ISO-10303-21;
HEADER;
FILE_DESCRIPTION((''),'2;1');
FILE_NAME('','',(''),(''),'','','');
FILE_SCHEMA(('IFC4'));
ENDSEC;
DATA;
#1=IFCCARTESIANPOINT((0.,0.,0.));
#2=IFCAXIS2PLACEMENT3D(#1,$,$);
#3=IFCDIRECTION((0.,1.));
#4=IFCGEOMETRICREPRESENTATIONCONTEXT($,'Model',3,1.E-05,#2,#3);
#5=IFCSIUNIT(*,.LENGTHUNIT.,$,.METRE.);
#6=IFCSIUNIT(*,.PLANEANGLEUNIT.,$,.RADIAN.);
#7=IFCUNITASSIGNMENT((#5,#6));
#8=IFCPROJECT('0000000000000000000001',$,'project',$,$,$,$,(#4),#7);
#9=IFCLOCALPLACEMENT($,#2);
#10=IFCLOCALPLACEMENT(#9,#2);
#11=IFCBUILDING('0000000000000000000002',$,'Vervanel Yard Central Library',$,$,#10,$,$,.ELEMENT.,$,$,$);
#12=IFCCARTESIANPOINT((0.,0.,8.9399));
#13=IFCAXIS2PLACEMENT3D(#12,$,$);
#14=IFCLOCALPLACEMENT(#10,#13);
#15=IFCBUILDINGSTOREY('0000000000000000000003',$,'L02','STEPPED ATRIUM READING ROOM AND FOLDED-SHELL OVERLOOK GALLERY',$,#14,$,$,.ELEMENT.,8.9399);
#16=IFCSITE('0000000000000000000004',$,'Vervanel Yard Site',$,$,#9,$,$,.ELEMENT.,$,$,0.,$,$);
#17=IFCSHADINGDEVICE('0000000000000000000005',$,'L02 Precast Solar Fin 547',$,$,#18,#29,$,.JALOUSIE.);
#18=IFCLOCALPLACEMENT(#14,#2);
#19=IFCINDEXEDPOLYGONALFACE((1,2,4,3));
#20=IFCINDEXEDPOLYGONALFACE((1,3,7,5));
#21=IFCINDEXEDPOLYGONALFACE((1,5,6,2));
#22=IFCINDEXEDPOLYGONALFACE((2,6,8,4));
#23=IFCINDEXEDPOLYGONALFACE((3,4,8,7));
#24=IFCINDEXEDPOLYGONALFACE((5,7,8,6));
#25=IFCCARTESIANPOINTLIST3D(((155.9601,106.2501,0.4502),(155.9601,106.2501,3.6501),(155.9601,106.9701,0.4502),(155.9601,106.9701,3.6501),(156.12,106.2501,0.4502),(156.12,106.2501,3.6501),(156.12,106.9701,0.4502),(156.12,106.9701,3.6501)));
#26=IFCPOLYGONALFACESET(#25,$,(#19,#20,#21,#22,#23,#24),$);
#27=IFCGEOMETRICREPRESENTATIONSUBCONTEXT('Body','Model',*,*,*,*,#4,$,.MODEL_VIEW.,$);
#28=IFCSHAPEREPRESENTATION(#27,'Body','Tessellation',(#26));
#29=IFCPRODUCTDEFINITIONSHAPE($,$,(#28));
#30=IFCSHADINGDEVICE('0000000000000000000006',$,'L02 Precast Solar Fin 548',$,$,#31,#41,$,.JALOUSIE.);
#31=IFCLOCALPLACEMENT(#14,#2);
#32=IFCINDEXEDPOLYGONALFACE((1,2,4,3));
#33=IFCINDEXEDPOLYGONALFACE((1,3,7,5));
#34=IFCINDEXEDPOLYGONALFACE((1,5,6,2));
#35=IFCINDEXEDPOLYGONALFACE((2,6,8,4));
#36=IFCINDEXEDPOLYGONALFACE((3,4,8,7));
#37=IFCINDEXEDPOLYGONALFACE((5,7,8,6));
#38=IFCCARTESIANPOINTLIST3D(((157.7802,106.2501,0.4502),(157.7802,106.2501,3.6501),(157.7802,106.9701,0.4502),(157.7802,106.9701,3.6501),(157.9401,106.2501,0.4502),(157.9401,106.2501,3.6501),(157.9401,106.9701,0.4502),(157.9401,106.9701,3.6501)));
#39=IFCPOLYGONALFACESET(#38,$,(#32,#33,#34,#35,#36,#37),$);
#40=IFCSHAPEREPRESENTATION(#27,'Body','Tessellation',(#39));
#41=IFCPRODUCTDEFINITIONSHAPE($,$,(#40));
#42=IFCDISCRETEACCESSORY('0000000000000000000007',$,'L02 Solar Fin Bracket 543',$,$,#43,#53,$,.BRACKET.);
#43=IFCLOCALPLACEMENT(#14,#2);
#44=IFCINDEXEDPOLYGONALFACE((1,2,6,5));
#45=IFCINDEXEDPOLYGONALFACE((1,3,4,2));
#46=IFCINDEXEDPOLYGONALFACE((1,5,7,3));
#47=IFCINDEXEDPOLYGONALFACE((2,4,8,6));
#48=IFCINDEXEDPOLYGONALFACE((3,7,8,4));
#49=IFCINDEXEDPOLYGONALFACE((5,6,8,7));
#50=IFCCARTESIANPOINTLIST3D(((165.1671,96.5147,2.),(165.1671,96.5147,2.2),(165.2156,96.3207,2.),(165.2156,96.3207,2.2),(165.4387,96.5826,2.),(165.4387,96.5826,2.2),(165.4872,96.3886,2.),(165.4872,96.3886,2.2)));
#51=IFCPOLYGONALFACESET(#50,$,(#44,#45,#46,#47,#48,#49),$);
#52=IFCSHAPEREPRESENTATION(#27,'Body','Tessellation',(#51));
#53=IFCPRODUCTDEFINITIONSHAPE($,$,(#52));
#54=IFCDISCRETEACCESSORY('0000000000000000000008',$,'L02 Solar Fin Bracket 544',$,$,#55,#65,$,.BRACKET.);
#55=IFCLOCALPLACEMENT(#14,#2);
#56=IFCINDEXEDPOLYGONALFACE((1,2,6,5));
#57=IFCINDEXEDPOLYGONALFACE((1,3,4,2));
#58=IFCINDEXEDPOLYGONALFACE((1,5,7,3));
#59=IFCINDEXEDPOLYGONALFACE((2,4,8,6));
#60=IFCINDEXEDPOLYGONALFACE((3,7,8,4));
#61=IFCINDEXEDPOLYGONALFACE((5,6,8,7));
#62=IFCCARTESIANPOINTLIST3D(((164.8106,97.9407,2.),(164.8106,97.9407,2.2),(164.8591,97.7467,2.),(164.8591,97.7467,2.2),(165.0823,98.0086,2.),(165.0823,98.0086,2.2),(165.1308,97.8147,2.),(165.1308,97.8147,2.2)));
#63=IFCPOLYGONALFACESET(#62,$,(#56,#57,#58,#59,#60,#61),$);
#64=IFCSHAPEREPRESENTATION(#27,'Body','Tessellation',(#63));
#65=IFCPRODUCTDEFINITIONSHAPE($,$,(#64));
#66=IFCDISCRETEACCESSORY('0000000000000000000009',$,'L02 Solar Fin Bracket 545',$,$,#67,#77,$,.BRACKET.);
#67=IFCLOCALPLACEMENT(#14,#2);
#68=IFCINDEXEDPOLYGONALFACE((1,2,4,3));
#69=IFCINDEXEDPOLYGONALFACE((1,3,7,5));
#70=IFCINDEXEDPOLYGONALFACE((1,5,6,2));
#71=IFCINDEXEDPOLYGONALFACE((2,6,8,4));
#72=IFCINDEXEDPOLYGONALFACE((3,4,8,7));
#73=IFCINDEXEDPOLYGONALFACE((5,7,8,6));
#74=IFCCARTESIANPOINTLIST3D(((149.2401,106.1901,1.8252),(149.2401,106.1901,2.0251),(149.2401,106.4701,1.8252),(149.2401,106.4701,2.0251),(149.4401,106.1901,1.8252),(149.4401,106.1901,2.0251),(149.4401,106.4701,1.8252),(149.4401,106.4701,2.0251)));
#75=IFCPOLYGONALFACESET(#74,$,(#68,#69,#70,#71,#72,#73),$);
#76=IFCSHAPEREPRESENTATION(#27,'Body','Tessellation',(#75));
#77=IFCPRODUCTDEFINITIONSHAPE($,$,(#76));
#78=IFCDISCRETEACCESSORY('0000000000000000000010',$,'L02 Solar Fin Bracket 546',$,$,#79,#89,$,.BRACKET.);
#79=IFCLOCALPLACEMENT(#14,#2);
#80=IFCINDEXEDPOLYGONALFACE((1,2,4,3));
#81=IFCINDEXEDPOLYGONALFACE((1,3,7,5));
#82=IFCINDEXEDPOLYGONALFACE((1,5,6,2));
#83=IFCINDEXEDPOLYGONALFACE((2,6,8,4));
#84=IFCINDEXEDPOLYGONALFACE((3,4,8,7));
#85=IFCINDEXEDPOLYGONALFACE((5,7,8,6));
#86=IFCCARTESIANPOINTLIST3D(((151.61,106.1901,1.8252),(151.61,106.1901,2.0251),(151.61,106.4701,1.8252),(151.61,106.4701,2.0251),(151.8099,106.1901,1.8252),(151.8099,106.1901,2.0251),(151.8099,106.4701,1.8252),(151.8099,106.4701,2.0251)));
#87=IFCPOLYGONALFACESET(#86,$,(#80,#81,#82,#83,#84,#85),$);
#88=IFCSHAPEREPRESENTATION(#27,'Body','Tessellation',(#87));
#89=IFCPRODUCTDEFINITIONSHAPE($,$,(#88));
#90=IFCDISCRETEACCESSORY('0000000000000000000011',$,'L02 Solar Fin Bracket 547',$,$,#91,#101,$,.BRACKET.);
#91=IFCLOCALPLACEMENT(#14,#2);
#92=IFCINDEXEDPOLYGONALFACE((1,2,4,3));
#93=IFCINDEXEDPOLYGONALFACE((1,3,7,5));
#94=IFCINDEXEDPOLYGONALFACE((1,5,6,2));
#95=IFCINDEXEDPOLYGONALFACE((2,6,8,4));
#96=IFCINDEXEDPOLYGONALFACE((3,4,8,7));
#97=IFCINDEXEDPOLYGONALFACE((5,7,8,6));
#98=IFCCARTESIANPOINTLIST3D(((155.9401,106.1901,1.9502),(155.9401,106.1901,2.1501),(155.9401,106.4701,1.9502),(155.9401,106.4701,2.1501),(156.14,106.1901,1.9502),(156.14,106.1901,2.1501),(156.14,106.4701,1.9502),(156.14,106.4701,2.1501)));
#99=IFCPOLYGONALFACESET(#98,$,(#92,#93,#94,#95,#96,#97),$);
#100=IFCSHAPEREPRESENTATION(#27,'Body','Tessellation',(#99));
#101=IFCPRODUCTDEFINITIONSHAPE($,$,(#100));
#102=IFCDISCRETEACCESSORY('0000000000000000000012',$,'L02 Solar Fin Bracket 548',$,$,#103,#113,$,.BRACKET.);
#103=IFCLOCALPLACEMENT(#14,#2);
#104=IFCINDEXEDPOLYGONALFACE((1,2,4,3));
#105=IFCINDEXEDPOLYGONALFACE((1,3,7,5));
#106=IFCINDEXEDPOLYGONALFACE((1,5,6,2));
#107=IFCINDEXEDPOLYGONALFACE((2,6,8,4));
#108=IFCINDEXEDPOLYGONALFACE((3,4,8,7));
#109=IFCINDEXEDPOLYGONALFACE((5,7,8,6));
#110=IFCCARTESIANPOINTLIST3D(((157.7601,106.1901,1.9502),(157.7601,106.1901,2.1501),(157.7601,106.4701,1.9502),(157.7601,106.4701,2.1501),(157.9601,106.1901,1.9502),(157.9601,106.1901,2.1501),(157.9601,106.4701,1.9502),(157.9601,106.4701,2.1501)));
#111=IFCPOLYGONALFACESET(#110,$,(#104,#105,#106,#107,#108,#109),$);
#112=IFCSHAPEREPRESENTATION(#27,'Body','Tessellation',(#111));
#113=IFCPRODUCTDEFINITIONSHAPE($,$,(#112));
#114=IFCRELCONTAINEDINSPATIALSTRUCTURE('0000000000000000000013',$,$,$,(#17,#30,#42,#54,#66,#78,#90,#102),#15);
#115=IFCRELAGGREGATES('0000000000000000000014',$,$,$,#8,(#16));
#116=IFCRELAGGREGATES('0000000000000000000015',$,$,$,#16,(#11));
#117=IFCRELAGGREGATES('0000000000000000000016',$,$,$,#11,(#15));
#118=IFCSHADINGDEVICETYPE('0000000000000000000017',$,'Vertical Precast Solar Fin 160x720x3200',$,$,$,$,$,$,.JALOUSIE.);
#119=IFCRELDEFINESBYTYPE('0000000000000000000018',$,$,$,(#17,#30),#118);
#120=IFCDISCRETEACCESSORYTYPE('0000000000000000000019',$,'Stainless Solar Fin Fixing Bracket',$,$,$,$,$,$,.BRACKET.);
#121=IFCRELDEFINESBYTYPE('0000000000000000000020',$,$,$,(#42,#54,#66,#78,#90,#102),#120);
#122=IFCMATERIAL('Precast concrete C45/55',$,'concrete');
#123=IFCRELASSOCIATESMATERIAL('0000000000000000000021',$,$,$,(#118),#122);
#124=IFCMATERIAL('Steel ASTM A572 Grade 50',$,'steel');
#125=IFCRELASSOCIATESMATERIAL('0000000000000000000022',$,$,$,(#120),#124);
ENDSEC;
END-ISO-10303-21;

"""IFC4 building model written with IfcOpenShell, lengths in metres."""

from ifc_helpers import new_model, si_unit, direction, frame, origin, origin_2d, place, context, subcontext, project, spatial, rectangle, extrude, material, type_object, element, save


model = new_model("IFC4")

# Units and contexts
model_context = context("Model", 3, precision=1e-05, world=origin(), true_north=direction((0.0, 1.0)))
body_context = subcontext(model_context, "Body", "Model", "MODEL_VIEW")
ifc_project = project(units=[si_unit("LENGTHUNIT", "METRE"), si_unit("PLANEANGLEUNIT", "RADIAN")], contexts=[model_context])

# Site, building, storey
site_placement = place(None, origin())
site = spatial("IfcSite", under=ifc_project, at=site_placement, Name="Vervanel Yard Site", CompositionType="ELEMENT", RefElevation=0.0)
building_placement = place(site_placement, origin())
building = spatial("IfcBuilding", under=site, at=building_placement, Name="Vervanel Yard Central Library", CompositionType="ELEMENT")
storey_placement = place(building_placement, frame((0.0, 0.0, 8.9399)))
storey = spatial("IfcBuildingStorey", under=building, at=storey_placement, Name="L02", Description="STEPPED ATRIUM READING ROOM AND FOLDED-SHELL OVERLOOK GALLERY", CompositionType="ELEMENT", Elevation=8.9399)

# Shared definitions
ifc_material_1 = material(Name="Precast concrete C45/55", Category="concrete")

# Shading devices
shading_device_type = type_object("IfcShadingDeviceType", Name="Vertical Precast Solar Fin 160x720x3200", PredefinedType="JALOUSIE", material=ifc_material_1)
for number, where, z_axis, x_axis, name in (
    (1, (156.04, 106.6101, 0.4502), (0.0, 0.0, 1.0), (1.0, 0.0, 0.0), "L02 Precast Solar Fin 547"),
    (2, (157.8601, 106.6101, 0.4502), (0.0, 0.0, 1.0), (1.0, 0.0, 0.0), "L02 Precast Solar Fin 548"),
):
    element("IfcShadingDevice", number, at=place(storey_placement, frame(where, z_axis=z_axis, x_axis=x_axis)), inside=storey, type_object=shading_device_type, Name=name, PredefinedType="JALOUSIE", context=body_context, shape_type="SweptSolid", body=[
        extrude(rectangle(XDim=0.1599, YDim=0.72, at=origin_2d()), origin(), (0.0, 0.0, 1.0), 3.2),
    ])

# Discrete accessories
ifc_material_2 = material(Name="Steel ASTM A572 Grade 50", Category="steel")
discrete_accessory_type = type_object("IfcDiscreteAccessoryType", Name="Stainless Solar Fin Fixing Bracket", PredefinedType="BRACKET", material=ifc_material_2)
for number, where, z_axis, x_axis, name in (
    (3, (165.3271, 96.4517, 2.0), (0.0, 0.0, 1.0), (-0.242535, 0.970143, 0.0), "L02 Solar Fin Bracket 543"),
    (4, (164.9707, 97.8777, 2.0), (0.0, 0.0, 1.0), (-0.242535, 0.970143, 0.0), "L02 Solar Fin Bracket 544"),
    (5, (149.3401, 106.3301, 1.8252), (0.0, 0.0, 1.0), (1.0, 0.0, 0.0), "L02 Solar Fin Bracket 545"),
    (6, (151.71, 106.3301, 1.8252), (0.0, 0.0, 1.0), (1.0, 0.0, 0.0), "L02 Solar Fin Bracket 546"),
    (7, (156.04, 106.3301, 1.9502), (0.0, 0.0, 1.0), (1.0, 0.0, 0.0), "L02 Solar Fin Bracket 547"),
    (8, (157.8601, 106.3301, 1.9502), (0.0, 0.0, 1.0), (1.0, 0.0, 0.0), "L02 Solar Fin Bracket 548"),
):
    element("IfcDiscreteAccessory", number, at=place(storey_placement, frame(where, z_axis=z_axis, x_axis=x_axis)), inside=storey, type_object=discrete_accessory_type, Name=name, PredefinedType="BRACKET", context=body_context, shape_type="SweptSolid", body=[
        extrude(rectangle(XDim=0.2, YDim=0.28, at=origin_2d()), origin(), (0.0, 0.0, 1.0), 0.2),
    ])

save(model, "model.ifc")
